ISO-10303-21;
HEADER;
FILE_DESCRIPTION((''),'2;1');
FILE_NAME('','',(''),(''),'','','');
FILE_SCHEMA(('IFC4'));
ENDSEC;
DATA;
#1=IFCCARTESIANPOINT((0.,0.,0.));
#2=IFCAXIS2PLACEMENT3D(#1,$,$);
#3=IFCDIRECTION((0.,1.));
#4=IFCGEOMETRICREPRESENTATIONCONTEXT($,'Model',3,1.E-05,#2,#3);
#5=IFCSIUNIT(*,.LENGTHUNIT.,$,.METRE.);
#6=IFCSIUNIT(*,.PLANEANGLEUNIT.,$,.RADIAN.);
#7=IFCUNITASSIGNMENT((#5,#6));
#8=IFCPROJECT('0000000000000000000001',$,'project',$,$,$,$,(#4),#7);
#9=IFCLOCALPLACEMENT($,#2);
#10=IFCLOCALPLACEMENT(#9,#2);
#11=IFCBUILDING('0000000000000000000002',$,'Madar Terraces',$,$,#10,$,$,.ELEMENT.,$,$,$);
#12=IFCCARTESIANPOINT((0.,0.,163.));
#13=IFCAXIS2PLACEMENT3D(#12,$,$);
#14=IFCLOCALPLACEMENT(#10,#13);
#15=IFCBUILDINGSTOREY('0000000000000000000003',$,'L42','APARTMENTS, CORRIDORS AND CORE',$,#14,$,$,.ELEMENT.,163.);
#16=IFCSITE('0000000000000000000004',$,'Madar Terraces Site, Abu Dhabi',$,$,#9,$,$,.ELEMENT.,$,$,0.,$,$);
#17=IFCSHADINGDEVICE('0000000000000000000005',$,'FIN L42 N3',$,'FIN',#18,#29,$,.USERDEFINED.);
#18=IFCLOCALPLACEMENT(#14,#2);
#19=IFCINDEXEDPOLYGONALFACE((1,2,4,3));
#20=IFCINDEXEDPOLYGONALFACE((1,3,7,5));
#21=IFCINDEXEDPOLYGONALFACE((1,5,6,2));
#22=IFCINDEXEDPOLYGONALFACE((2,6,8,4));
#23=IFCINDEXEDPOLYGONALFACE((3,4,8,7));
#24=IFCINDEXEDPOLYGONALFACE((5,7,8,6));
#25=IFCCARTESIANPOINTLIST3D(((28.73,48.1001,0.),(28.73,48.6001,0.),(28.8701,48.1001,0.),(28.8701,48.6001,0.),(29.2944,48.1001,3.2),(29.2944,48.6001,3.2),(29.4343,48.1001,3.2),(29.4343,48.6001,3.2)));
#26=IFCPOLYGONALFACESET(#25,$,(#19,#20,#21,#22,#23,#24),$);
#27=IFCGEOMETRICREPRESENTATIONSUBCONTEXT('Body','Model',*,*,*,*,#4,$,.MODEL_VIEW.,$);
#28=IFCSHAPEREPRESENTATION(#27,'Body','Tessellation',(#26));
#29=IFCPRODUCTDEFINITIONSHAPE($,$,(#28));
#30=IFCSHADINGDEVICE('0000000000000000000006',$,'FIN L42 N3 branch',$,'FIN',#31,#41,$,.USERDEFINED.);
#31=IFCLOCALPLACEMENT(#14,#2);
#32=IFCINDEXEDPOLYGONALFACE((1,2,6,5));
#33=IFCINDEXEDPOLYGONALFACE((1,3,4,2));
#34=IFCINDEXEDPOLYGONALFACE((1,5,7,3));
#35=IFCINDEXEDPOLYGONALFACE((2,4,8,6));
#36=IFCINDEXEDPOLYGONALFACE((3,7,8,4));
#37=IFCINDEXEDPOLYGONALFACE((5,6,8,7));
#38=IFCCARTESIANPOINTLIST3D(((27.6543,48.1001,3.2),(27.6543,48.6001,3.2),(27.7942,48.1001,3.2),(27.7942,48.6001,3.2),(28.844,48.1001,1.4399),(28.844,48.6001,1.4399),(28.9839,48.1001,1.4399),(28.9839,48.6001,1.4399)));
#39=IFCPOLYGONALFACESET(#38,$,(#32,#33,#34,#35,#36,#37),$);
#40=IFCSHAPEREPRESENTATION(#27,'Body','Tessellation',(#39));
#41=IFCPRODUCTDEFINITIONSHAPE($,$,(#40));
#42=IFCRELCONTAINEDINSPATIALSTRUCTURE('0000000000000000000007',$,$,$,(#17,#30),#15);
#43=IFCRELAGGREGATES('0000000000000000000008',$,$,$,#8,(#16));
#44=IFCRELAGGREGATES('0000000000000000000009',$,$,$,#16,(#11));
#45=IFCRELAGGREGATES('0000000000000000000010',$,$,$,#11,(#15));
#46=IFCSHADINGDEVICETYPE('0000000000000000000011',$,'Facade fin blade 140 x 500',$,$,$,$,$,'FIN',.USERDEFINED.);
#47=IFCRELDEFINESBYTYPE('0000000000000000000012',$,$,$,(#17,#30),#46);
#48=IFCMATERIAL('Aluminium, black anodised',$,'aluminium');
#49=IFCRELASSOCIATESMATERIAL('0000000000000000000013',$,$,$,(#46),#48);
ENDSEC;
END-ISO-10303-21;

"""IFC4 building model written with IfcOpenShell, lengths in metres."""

from ifc_helpers import new_model, si_unit, direction, frame, origin, place, context, subcontext, project, spatial, polyline, outline, extrude, material, type_object, element, save


model = new_model("IFC4")

# Units and contexts
model_context = context("Model", 3, precision=1e-05, world=origin(), true_north=direction((0.0, 1.0)))
body_context = subcontext(model_context, "Body", "Model", "MODEL_VIEW")
ifc_project = project(units=[si_unit("LENGTHUNIT", "METRE"), si_unit("PLANEANGLEUNIT", "RADIAN")], contexts=[model_context])

# Site, building, storey
site_placement = place(None, origin())
site = spatial("IfcSite", under=ifc_project, at=site_placement, Name="Madar Terraces Site, Abu Dhabi", CompositionType="ELEMENT", RefElevation=0.0)
building_placement = place(site_placement, origin())
building = spatial("IfcBuilding", under=site, at=building_placement, Name="Madar Terraces", CompositionType="ELEMENT")
storey_placement = place(building_placement, frame((0.0, 0.0, 163.0)))
storey = spatial("IfcBuildingStorey", under=building, at=storey_placement, Name="L42", Description="APARTMENTS, CORRIDORS AND CORE", CompositionType="ELEMENT", Elevation=163.0)

# Shading devices
ifc_material_1 = material(Name="Aluminium, black anodised", Category="aluminium")
shading_device_type = type_object("IfcShadingDeviceType", Name="Facade fin blade 140 x 500", ElementType="FIN", PredefinedType="USERDEFINED", material=ifc_material_1)
shading_device_1_placement = place(storey_placement, frame((28.8701, 48.3501, 0.0), z_axis=(0.0, 0.0, 1.0), x_axis=(-1.0, 0.0, 0.0)))
element("IfcShadingDevice", 1, at=shading_device_1_placement, inside=storey, type_object=shading_device_type, Name="FIN L42 N3", ObjectType="FIN", PredefinedType="USERDEFINED", context=body_context, shape_type="SweptSolid", body=[
    extrude(outline(polyline([(0.0, 0.0), (0.1401, 0.0), (-0.4243, 3.2), (-0.5642, 3.2), (0.0, 0.0)])), frame((0.0, 0.25, 0.0), z_axis=(0.0, -1.0, 0.0), x_axis=(1.0, 0.0, 0.0)), (0.0, 0.0, 1.0), 0.5),
])
shading_device_2_placement = place(storey_placement, frame((28.9839, 48.3501, 1.4399), z_axis=(0.0, 0.0, 1.0), x_axis=(-1.0, 0.0, 0.0)))
element("IfcShadingDevice", 2, at=shading_device_2_placement, inside=storey, type_object=shading_device_type, Name="FIN L42 N3 branch", ObjectType="FIN", PredefinedType="USERDEFINED", context=body_context, shape_type="SweptSolid", body=[
    extrude(outline(polyline([(0.0, 0.0), (0.1399, 0.0), (1.3296, 1.76), (1.1897, 1.76), (0.0, 0.0)])), frame((0.0, 0.25, 0.0), z_axis=(0.0, -1.0, 0.0), x_axis=(1.0, 0.0, 0.0)), (0.0, 0.0, 1.0), 0.5),
])

save(model, "model.ifc")
